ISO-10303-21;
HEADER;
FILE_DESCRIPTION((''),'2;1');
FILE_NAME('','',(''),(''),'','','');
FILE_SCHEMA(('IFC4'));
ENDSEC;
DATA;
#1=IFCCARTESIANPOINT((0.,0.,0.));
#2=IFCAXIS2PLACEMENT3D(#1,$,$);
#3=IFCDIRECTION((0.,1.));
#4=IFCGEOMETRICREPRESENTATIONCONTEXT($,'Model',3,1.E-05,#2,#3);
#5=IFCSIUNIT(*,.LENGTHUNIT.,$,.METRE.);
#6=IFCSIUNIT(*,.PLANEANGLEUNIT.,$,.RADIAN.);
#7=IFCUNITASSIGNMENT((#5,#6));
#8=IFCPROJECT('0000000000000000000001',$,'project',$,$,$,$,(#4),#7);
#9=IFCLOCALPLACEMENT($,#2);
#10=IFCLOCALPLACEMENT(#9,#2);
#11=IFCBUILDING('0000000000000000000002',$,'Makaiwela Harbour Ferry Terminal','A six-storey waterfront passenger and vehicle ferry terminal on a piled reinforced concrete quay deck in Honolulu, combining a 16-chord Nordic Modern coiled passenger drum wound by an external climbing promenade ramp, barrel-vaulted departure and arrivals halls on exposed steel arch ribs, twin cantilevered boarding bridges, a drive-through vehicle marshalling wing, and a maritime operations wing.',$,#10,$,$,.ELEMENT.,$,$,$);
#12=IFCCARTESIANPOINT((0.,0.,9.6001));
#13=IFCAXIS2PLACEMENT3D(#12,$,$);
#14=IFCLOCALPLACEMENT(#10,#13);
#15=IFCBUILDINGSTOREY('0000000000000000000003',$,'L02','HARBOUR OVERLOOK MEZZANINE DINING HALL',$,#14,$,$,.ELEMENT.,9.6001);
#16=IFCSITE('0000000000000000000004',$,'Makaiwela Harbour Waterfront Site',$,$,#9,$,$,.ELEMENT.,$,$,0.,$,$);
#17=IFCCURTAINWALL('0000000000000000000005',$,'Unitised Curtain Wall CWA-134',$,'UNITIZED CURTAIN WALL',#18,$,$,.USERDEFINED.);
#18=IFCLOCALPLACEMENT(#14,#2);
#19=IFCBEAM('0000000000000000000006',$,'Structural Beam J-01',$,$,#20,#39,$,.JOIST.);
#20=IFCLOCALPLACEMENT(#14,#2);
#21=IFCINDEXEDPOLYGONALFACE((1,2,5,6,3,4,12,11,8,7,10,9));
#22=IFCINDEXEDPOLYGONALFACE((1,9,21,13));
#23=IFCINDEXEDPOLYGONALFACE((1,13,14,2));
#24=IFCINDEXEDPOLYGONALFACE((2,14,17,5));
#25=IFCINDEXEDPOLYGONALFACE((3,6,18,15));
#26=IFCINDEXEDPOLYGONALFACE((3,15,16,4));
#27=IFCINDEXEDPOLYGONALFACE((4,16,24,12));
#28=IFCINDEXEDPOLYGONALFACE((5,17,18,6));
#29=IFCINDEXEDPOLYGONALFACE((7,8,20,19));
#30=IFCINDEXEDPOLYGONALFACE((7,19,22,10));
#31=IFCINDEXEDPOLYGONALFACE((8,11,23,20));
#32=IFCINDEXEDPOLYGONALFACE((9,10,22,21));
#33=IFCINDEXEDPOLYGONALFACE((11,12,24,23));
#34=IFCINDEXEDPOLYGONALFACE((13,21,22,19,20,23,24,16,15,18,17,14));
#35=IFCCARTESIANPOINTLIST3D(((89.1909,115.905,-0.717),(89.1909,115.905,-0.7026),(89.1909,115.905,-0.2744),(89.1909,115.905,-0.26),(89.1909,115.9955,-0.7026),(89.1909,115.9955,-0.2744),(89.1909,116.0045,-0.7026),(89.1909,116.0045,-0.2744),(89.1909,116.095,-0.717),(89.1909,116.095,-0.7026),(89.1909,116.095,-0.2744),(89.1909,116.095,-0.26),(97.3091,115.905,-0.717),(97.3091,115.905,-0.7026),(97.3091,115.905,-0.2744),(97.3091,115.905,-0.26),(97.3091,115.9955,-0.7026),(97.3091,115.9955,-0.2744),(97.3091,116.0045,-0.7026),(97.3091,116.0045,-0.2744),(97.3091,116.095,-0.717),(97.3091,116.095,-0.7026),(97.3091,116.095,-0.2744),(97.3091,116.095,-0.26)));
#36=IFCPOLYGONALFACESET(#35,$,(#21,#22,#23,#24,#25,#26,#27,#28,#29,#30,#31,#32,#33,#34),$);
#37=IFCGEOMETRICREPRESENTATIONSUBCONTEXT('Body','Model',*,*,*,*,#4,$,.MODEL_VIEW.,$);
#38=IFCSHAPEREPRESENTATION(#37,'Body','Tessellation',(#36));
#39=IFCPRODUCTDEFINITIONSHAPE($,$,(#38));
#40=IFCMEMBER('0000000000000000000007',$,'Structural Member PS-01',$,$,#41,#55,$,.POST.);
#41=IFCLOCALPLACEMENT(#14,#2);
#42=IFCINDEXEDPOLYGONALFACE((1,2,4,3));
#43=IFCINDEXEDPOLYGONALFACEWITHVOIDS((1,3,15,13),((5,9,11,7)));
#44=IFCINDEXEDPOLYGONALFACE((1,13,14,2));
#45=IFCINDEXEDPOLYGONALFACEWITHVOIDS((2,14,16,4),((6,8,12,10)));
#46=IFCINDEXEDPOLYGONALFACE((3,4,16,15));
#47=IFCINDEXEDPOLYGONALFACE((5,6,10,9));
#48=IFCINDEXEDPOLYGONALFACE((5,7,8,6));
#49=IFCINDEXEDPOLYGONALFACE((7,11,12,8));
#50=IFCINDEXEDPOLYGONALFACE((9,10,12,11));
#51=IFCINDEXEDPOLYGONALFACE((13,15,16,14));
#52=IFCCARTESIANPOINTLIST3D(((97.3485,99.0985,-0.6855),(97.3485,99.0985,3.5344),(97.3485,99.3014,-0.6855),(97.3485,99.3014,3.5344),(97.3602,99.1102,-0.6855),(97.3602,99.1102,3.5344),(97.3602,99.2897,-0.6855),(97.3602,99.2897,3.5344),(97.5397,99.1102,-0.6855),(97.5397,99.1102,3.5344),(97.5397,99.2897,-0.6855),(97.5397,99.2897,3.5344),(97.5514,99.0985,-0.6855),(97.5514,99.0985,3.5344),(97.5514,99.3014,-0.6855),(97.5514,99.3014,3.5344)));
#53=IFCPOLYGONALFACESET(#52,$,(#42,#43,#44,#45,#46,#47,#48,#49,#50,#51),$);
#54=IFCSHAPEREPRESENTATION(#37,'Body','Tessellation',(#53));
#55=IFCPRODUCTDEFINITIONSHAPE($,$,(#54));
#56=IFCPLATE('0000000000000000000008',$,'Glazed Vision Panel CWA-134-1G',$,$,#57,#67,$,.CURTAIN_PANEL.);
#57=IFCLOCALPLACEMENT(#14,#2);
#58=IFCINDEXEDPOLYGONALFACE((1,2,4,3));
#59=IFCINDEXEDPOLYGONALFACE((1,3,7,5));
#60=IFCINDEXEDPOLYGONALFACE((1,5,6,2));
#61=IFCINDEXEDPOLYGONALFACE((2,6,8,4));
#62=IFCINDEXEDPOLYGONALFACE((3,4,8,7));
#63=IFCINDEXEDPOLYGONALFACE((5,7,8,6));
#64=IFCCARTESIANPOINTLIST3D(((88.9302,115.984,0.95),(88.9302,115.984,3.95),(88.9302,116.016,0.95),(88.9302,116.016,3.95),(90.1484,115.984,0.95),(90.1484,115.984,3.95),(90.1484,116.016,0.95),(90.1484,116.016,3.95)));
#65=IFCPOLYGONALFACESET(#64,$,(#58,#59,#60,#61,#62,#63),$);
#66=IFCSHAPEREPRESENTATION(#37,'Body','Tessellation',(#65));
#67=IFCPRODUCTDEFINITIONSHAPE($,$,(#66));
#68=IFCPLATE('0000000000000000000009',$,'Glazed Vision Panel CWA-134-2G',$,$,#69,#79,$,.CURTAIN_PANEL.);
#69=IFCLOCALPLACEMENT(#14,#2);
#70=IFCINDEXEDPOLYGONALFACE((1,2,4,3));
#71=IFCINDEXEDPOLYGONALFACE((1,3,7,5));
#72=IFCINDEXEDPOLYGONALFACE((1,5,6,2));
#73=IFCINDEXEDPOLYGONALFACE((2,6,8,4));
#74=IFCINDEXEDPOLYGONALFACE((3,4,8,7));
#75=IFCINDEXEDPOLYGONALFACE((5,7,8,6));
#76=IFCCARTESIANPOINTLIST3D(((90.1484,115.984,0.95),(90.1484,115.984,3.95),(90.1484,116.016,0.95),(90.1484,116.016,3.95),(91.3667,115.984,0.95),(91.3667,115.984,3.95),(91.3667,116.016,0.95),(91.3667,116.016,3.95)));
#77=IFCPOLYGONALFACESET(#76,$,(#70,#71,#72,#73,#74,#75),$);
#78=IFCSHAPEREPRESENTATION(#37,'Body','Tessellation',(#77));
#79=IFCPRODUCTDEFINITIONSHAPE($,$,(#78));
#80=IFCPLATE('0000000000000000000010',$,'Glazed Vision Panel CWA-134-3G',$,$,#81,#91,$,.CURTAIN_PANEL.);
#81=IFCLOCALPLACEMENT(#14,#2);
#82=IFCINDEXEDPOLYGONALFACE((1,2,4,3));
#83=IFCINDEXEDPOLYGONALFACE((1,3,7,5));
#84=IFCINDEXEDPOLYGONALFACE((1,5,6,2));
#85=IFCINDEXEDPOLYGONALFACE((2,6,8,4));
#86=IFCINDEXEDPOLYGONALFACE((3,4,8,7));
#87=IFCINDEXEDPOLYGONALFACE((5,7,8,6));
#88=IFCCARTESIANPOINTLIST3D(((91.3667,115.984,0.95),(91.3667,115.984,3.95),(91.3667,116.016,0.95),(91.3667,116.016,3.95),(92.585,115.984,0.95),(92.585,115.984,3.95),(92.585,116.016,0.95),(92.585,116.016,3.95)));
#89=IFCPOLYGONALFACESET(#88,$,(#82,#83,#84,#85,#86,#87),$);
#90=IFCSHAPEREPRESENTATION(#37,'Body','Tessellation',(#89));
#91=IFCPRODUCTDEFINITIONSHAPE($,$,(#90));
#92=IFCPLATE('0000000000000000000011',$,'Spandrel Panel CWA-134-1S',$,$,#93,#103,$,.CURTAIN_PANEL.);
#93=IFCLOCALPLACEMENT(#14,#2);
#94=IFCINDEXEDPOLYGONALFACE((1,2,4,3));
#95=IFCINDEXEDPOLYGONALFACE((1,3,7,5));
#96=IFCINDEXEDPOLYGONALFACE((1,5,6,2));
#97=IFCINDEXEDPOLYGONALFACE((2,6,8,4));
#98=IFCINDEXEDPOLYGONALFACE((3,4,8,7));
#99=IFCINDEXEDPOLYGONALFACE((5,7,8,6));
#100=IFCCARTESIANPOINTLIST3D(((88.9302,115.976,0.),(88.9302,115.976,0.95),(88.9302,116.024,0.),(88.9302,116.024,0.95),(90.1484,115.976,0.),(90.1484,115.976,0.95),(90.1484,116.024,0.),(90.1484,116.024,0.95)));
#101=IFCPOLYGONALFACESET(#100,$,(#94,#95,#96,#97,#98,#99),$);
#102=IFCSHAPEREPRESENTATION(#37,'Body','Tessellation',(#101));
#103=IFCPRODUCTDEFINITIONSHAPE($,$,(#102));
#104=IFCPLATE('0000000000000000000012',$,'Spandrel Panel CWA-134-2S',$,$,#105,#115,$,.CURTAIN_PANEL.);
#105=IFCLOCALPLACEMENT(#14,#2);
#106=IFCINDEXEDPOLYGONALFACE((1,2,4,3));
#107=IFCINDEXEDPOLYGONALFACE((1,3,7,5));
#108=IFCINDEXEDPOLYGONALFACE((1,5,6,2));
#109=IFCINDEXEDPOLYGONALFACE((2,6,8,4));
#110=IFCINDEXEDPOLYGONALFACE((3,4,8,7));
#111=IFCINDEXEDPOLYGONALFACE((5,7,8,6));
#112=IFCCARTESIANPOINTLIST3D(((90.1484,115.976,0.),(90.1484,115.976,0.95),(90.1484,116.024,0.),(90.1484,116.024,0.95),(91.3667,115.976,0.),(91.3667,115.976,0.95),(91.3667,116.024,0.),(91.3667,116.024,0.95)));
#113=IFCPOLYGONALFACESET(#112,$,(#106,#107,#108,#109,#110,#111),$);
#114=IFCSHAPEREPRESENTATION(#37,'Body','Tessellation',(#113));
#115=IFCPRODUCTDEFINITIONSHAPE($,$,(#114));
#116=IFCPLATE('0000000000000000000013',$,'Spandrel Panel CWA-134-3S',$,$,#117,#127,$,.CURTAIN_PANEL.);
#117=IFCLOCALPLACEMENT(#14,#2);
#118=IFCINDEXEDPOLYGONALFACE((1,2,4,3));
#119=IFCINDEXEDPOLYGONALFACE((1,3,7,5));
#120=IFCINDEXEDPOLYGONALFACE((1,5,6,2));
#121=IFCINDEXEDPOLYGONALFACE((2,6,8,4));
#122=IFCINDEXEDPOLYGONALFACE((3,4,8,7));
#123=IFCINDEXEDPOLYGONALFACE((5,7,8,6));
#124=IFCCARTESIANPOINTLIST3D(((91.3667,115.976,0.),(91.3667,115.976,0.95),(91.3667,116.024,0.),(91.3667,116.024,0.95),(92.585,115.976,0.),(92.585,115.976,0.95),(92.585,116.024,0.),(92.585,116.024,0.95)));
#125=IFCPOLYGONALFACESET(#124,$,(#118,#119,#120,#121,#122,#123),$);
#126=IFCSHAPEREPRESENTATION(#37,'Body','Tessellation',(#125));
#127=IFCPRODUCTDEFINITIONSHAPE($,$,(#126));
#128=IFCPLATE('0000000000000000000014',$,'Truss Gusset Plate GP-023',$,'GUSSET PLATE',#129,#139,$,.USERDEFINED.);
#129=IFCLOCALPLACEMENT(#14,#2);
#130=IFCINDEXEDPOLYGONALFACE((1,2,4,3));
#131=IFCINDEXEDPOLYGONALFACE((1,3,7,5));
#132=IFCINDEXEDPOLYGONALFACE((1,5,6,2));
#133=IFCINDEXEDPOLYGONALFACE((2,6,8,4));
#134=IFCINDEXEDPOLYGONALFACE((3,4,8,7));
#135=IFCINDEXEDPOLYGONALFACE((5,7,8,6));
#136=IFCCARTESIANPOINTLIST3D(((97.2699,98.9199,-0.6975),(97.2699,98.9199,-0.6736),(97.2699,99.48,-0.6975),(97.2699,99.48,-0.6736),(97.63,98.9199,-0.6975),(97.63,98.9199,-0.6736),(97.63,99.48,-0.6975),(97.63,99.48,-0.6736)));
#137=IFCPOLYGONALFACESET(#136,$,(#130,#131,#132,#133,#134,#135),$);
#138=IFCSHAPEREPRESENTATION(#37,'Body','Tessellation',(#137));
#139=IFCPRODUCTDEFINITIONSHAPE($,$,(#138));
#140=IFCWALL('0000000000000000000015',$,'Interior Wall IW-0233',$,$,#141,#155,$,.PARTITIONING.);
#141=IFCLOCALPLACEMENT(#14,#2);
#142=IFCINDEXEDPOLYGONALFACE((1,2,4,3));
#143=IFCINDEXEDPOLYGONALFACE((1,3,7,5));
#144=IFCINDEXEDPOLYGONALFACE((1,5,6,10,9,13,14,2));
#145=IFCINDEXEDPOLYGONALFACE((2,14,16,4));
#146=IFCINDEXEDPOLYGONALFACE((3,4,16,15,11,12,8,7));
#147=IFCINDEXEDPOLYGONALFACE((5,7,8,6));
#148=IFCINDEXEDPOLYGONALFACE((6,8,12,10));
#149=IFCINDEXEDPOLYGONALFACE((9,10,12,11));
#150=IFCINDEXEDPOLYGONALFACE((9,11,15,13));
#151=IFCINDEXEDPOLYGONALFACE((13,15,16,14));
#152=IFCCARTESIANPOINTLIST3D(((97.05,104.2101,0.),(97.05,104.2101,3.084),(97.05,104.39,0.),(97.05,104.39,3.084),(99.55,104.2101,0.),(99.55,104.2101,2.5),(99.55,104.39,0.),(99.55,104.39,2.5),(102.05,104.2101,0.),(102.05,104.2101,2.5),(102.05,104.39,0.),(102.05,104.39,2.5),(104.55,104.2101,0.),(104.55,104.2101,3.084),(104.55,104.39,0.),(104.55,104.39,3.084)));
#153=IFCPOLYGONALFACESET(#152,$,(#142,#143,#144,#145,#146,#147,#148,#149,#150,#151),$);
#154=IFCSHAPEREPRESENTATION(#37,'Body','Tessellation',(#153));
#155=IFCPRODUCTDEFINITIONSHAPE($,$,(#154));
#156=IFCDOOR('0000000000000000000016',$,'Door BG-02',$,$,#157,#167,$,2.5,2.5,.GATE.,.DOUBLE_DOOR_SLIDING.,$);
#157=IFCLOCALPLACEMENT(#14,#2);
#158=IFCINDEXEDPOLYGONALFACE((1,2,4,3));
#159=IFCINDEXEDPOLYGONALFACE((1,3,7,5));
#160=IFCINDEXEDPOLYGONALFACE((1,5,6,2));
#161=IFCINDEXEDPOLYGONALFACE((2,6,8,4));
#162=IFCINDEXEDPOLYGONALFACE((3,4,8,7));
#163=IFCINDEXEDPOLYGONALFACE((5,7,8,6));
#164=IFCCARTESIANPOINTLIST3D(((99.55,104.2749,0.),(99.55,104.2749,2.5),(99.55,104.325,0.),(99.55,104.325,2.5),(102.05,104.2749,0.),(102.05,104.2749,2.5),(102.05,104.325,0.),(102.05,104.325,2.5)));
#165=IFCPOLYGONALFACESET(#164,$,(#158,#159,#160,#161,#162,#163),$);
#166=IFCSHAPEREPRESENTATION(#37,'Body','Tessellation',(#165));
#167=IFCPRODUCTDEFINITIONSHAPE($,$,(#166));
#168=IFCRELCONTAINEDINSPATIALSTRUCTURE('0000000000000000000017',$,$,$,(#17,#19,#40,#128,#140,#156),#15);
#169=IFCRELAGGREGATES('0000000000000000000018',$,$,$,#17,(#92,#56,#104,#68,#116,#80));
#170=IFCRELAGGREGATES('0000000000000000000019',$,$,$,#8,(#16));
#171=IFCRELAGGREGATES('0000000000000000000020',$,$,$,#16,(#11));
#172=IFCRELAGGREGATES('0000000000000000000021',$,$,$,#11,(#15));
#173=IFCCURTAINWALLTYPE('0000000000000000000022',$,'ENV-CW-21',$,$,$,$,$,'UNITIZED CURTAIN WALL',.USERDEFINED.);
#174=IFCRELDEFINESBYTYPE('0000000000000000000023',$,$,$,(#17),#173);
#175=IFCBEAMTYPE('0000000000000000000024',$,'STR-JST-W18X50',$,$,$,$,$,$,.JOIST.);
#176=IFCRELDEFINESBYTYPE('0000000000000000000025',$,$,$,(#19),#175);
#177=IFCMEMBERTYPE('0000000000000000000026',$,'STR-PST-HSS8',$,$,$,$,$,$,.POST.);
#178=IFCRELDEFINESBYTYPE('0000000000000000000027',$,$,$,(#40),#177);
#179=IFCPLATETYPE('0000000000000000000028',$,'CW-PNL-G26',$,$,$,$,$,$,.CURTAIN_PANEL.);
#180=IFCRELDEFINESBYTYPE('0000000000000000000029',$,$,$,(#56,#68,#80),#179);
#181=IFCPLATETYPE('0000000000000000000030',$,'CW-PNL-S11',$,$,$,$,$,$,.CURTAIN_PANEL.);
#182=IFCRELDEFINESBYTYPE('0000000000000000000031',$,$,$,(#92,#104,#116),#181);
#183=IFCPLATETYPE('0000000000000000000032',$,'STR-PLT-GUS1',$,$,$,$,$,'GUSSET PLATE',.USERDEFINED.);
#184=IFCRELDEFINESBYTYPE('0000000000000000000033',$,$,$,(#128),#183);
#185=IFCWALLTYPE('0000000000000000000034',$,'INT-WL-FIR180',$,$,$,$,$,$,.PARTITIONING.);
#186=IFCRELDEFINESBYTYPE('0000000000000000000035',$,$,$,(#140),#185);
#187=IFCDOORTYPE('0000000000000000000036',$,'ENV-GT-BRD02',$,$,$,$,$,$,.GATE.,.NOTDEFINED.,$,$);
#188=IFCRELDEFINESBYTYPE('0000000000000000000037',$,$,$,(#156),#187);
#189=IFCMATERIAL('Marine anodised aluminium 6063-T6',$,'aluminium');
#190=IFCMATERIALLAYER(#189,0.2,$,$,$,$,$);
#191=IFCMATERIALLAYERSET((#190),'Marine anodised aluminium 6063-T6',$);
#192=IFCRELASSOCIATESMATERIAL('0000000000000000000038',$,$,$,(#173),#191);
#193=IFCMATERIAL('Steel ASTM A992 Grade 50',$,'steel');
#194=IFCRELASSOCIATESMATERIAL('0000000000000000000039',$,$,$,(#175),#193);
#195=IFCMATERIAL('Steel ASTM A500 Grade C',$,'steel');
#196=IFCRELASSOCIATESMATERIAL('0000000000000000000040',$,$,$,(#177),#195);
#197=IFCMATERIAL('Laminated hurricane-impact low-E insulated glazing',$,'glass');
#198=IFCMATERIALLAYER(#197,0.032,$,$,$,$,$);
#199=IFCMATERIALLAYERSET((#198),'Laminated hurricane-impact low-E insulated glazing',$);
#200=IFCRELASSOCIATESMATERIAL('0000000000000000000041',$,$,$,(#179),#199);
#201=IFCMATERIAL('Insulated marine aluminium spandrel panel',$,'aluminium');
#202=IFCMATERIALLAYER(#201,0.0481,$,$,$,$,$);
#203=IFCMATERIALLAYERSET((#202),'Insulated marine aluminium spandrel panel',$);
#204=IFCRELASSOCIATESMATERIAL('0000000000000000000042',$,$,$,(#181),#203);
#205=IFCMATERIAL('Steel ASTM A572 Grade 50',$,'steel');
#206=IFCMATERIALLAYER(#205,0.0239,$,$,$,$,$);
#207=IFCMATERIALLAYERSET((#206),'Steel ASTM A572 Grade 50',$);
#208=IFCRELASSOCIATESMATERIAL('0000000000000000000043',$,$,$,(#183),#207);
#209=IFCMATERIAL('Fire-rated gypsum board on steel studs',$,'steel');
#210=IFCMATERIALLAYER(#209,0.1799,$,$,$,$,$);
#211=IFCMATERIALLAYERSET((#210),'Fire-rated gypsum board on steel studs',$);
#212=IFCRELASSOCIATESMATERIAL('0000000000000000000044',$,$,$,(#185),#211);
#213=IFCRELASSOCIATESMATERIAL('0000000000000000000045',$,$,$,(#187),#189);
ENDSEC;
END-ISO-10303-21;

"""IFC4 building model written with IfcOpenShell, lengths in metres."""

from ifc_helpers import new_model, si_unit, direction, frame, frame_2d, origin, origin_2d, place, context, subcontext, project, spatial, rectangle, hollow_rectangle, i_section, extrude, material, layer, layer_set, material_profile, profile_set, type_object, element, fill, aggregate, save


model = new_model("IFC4")

# Units and contexts
model_context = context("Model", 3, precision=1e-05, world=origin(), true_north=direction((0.0, 1.0)))
body_context = subcontext(model_context, "Body", "Model", "MODEL_VIEW")
ifc_project = project(units=[si_unit("LENGTHUNIT", "METRE"), si_unit("PLANEANGLEUNIT", "RADIAN")], contexts=[model_context])

# Site, building, storey
site_placement = place(None, origin())
site = spatial("IfcSite", under=ifc_project, at=site_placement, Name="Makaiwela Harbour Waterfront Site", CompositionType="ELEMENT", RefElevation=0.0)
building_placement = place(site_placement, origin())
building = spatial("IfcBuilding", under=site, at=building_placement, Name="Makaiwela Harbour Ferry Terminal", Description="A six-storey waterfront passenger and vehicle ferry terminal on a piled reinforced concrete quay deck in Honolulu, combining a 16-chord Nordic Modern coiled passenger drum wound by an external climbing promenade ramp, barrel-vaulted departure and arrivals halls on exposed steel arch ribs, twin cantilevered boarding bridges, a drive-through vehicle marshalling wing, and a maritime operations wing.", CompositionType="ELEMENT")
storey_placement = place(building_placement, frame((0.0, 0.0, 9.6001)))
storey = spatial("IfcBuildingStorey", under=building, at=storey_placement, Name="L02", Description="HARBOUR OVERLOOK MEZZANINE DINING HALL", CompositionType="ELEMENT", Elevation=9.6001)

# Curtain wall
ifc_material_1 = material(Name="Marine anodised aluminium 6063-T6", Category="aluminium")
ifc_layer_1 = layer(ifc_material_1, 0.2)
ifc_layer_set_1 = layer_set([ifc_layer_1], Name="Marine anodised aluminium 6063-T6")
curtain_wall_type = type_object("IfcCurtainWallType", Name="ENV-CW-21", ElementType="UNITIZED CURTAIN WALL", PredefinedType="USERDEFINED", material=ifc_layer_set_1)
curtain_wall_placement = place(storey_placement, origin())
curtain_wall = element("IfcCurtainWall", 1, at=curtain_wall_placement, inside=storey, type_object=curtain_wall_type, Name="Unitised Curtain Wall CWA-134", ObjectType="UNITIZED CURTAIN WALL", PredefinedType="USERDEFINED")

# Beam
ifc_material_2 = material(Name="Steel ASTM A992 Grade 50", Category="steel")
ifc_material_profile_1 = material_profile(ifc_material_2, i_section(OverallWidth=0.1899, OverallDepth=0.457, WebThickness=0.009, FlangeThickness=0.0144, at=origin_2d()), Name="W18X50")
ifc_profile_set_1 = profile_set([ifc_material_profile_1], Name="Steel ASTM A992 Grade 50")
beam_type_1 = type_object("IfcBeamType", Name="STR-JST-W18X50", PredefinedType="JOIST", material=ifc_profile_set_1)
beam_1_placement = place(storey_placement, frame((89.1909, 116.0, -0.4885), z_axis=(1.0, 0.0, 0.0), x_axis=(0.0, 1.0, 0.0)))
element("IfcBeam", 2, at=beam_1_placement, inside=storey, type_object=beam_type_1, Name="Structural Beam J-01", PredefinedType="JOIST", context=body_context, shape_type="SweptSolid", body=[
    extrude(i_section(OverallWidth=0.1899, OverallDepth=0.457, WebThickness=0.009, FlangeThickness=0.0144, at=origin_2d()), origin(), (0.0, 0.0, 1.0), 8.1182),
])

# Member
ifc_material_3 = material(Name="Steel ASTM A500 Grade C", Category="steel")
ifc_material_profile_2 = material_profile(ifc_material_3, hollow_rectangle(XDim=0.2029, YDim=0.2029, WallThickness=0.0117, at=origin_2d()), Name="HSS8X8X1/2")
ifc_profile_set_2 = profile_set([ifc_material_profile_2], Name="Steel ASTM A500 Grade C")
member_type_1 = type_object("IfcMemberType", Name="STR-PST-HSS8", PredefinedType="POST", material=ifc_profile_set_2)
member_1_placement = place(storey_placement, frame((97.45, 99.2, -0.6855), z_axis=(0.0, 0.0, 1.0), x_axis=(1.0, 0.0, 0.0)))
element("IfcMember", 3, at=member_1_placement, inside=storey, type_object=member_type_1, Name="Structural Member PS-01", PredefinedType="POST", context=body_context, shape_type="SweptSolid", body=[
    extrude(hollow_rectangle(XDim=0.2029, YDim=0.2029, WallThickness=0.0117, at=origin_2d()), origin(), (0.0, 0.0, 1.0), 4.22),
])

# Plates
ifc_material_4 = material(Name="Laminated hurricane-impact low-E insulated glazing", Category="glass")
ifc_layer_2 = layer(ifc_material_4, 0.032)
ifc_layer_set_2 = layer_set([ifc_layer_2], Name="Laminated hurricane-impact low-E insulated glazing")
plate_type_1 = type_object("IfcPlateType", Name="CW-PNL-G26", PredefinedType="CURTAIN_PANEL", material=ifc_layer_set_2)
plate_1_placement = place(storey_placement, frame((89.5393, 116.0, 0.95), z_axis=(0.0, 0.0, 1.0), x_axis=(1.0, 0.0, 0.0)))
plate_1 = element("IfcPlate", 4, at=plate_1_placement, type_object=plate_type_1, Name="Glazed Vision Panel CWA-134-1G", PredefinedType="CURTAIN_PANEL", context=body_context, shape_type="SweptSolid", body=[
    extrude(rectangle(XDim=1.2183, YDim=0.032, at=origin_2d()), origin(), (0.0, 0.0, 1.0), 3.0),
])
plate_2_placement = place(storey_placement, frame((90.7576, 116.0, 0.95), z_axis=(0.0, 0.0, 1.0), x_axis=(1.0, 0.0, 0.0)))
plate_2 = element("IfcPlate", 5, at=plate_2_placement, type_object=plate_type_1, Name="Glazed Vision Panel CWA-134-2G", PredefinedType="CURTAIN_PANEL", context=body_context, shape_type="SweptSolid", body=[
    extrude(rectangle(XDim=1.2183, YDim=0.032, at=origin_2d()), origin(), (0.0, 0.0, 1.0), 3.0),
])
plate_3_placement = place(storey_placement, frame((91.9758, 116.0, 0.95), z_axis=(0.0, 0.0, 1.0), x_axis=(1.0, 0.0, 0.0)))
plate_3 = element("IfcPlate", 6, at=plate_3_placement, type_object=plate_type_1, Name="Glazed Vision Panel CWA-134-3G", PredefinedType="CURTAIN_PANEL", context=body_context, shape_type="SweptSolid", body=[
    extrude(rectangle(XDim=1.2183, YDim=0.032, at=origin_2d()), origin(), (0.0, 0.0, 1.0), 3.0),
])
ifc_material_5 = material(Name="Insulated marine aluminium spandrel panel", Category="aluminium")
ifc_layer_3 = layer(ifc_material_5, 0.0481)
ifc_layer_set_3 = layer_set([ifc_layer_3], Name="Insulated marine aluminium spandrel panel")
plate_type_2 = type_object("IfcPlateType", Name="CW-PNL-S11", PredefinedType="CURTAIN_PANEL", material=ifc_layer_set_3)
plate_4_placement = place(storey_placement, frame((89.5393, 116.0, 0.0), z_axis=(0.0, 0.0, 1.0), x_axis=(1.0, 0.0, 0.0)))
plate_4 = element("IfcPlate", 7, at=plate_4_placement, type_object=plate_type_2, Name="Spandrel Panel CWA-134-1S", PredefinedType="CURTAIN_PANEL", context=body_context, shape_type="SweptSolid", body=[
    extrude(rectangle(XDim=1.2183, YDim=0.0481, at=origin_2d()), origin(), (0.0, 0.0, 1.0), 0.95),
])
plate_5_placement = place(storey_placement, frame((90.7576, 116.0, 0.0), z_axis=(0.0, 0.0, 1.0), x_axis=(1.0, 0.0, 0.0)))
plate_5 = element("IfcPlate", 8, at=plate_5_placement, type_object=plate_type_2, Name="Spandrel Panel CWA-134-2S", PredefinedType="CURTAIN_PANEL", context=body_context, shape_type="SweptSolid", body=[
    extrude(rectangle(XDim=1.2183, YDim=0.0481, at=origin_2d()), origin(), (0.0, 0.0, 1.0), 0.95),
])
plate_6_placement = place(storey_placement, frame((91.9758, 116.0, 0.0), z_axis=(0.0, 0.0, 1.0), x_axis=(1.0, 0.0, 0.0)))
plate_6 = element("IfcPlate", 9, at=plate_6_placement, type_object=plate_type_2, Name="Spandrel Panel CWA-134-3S", PredefinedType="CURTAIN_PANEL", context=body_context, shape_type="SweptSolid", body=[
    extrude(rectangle(XDim=1.2183, YDim=0.0481, at=origin_2d()), origin(), (0.0, 0.0, 1.0), 0.95),
])
aggregate(curtain_wall, [plate_4, plate_1, plate_5, plate_2, plate_6, plate_3])
ifc_material_6 = material(Name="Steel ASTM A572 Grade 50", Category="steel")
ifc_layer_4 = layer(ifc_material_6, 0.0239)
ifc_layer_set_4 = layer_set([ifc_layer_4], Name="Steel ASTM A572 Grade 50")
plate_type_3 = type_object("IfcPlateType", Name="STR-PLT-GUS1", ElementType="GUSSET PLATE", PredefinedType="USERDEFINED", material=ifc_layer_set_4)
plate_7_placement = place(storey_placement, frame((97.45, 99.2, -0.6975), z_axis=(0.0, 0.0, 1.0), x_axis=(0.0, 1.0, 0.0)))
element("IfcPlate", 10, at=plate_7_placement, inside=storey, type_object=plate_type_3, Name="Truss Gusset Plate GP-023", ObjectType="GUSSET PLATE", PredefinedType="USERDEFINED", context=body_context, shape_type="SweptSolid", body=[
    extrude(rectangle(XDim=0.5601, YDim=0.3601, at=origin_2d()), origin(), (0.0, 0.0, 1.0), 0.0239),
])

# Wall, opening, door
ifc_material_7 = material(Name="Fire-rated gypsum board on steel studs", Category="steel")
ifc_layer_5 = layer(ifc_material_7, 0.1799)
ifc_layer_set_5 = layer_set([ifc_layer_5], Name="Fire-rated gypsum board on steel studs")
wall_type = type_object("IfcWallType", Name="INT-WL-FIR180", PredefinedType="PARTITIONING", material=ifc_layer_set_5)
wall_placement = place(storey_placement, frame((97.05, 104.3, 0.0), z_axis=(0.0, 0.0, 1.0), x_axis=(1.0, 0.0, 0.0)))
wall = element("IfcWall", 11, at=wall_placement, inside=storey, type_object=wall_type, Name="Interior Wall IW-0233", PredefinedType="PARTITIONING", context=body_context, shape_type="SweptSolid", body=[
    extrude(rectangle(XDim=7.5, YDim=0.1799, at=frame_2d((3.75, 0.0))), origin(), (0.0, 0.0, 1.0), 3.084),
])
opening_placement = place(wall_placement, frame((2.5, 0.0, 0.0)))
opening = element("IfcOpeningElement", 12, at=opening_placement, cuts=wall, PredefinedType="OPENING", context=body_context, shape_type="SweptSolid", body=[
    extrude(rectangle(XDim=2.5, YDim=2.5, at=frame_2d((1.25, 1.25))), frame((0.0, 0.0999, 0.0), z_axis=(0.0, -1.0, 0.0), x_axis=(1.0, 0.0, 0.0)), (0.0, 0.0, 1.0), 0.2),
])
door_type = type_object("IfcDoorType", Name="ENV-GT-BRD02", OperationType="NOTDEFINED", PredefinedType="GATE", material=ifc_material_1)
door_placement = place(opening_placement, origin())
door = element("IfcDoor", 13, at=door_placement, inside=storey, type_object=door_type, Name="Door BG-02", OperationType="DOUBLE_DOOR_SLIDING", OverallHeight=2.5, OverallWidth=2.5, PredefinedType="GATE", context=body_context, shape_type="SweptSolid", body=[
    extrude(rectangle(XDim=2.5, YDim=2.5, at=frame_2d((1.25, 1.25))), frame((0.0, 0.0249, 0.0), z_axis=(0.0, -1.0, 0.0), x_axis=(1.0, 0.0, 0.0)), (0.0, 0.0, 1.0), 0.05),
])
fill(opening, door)

save(model, "model.ifc")
